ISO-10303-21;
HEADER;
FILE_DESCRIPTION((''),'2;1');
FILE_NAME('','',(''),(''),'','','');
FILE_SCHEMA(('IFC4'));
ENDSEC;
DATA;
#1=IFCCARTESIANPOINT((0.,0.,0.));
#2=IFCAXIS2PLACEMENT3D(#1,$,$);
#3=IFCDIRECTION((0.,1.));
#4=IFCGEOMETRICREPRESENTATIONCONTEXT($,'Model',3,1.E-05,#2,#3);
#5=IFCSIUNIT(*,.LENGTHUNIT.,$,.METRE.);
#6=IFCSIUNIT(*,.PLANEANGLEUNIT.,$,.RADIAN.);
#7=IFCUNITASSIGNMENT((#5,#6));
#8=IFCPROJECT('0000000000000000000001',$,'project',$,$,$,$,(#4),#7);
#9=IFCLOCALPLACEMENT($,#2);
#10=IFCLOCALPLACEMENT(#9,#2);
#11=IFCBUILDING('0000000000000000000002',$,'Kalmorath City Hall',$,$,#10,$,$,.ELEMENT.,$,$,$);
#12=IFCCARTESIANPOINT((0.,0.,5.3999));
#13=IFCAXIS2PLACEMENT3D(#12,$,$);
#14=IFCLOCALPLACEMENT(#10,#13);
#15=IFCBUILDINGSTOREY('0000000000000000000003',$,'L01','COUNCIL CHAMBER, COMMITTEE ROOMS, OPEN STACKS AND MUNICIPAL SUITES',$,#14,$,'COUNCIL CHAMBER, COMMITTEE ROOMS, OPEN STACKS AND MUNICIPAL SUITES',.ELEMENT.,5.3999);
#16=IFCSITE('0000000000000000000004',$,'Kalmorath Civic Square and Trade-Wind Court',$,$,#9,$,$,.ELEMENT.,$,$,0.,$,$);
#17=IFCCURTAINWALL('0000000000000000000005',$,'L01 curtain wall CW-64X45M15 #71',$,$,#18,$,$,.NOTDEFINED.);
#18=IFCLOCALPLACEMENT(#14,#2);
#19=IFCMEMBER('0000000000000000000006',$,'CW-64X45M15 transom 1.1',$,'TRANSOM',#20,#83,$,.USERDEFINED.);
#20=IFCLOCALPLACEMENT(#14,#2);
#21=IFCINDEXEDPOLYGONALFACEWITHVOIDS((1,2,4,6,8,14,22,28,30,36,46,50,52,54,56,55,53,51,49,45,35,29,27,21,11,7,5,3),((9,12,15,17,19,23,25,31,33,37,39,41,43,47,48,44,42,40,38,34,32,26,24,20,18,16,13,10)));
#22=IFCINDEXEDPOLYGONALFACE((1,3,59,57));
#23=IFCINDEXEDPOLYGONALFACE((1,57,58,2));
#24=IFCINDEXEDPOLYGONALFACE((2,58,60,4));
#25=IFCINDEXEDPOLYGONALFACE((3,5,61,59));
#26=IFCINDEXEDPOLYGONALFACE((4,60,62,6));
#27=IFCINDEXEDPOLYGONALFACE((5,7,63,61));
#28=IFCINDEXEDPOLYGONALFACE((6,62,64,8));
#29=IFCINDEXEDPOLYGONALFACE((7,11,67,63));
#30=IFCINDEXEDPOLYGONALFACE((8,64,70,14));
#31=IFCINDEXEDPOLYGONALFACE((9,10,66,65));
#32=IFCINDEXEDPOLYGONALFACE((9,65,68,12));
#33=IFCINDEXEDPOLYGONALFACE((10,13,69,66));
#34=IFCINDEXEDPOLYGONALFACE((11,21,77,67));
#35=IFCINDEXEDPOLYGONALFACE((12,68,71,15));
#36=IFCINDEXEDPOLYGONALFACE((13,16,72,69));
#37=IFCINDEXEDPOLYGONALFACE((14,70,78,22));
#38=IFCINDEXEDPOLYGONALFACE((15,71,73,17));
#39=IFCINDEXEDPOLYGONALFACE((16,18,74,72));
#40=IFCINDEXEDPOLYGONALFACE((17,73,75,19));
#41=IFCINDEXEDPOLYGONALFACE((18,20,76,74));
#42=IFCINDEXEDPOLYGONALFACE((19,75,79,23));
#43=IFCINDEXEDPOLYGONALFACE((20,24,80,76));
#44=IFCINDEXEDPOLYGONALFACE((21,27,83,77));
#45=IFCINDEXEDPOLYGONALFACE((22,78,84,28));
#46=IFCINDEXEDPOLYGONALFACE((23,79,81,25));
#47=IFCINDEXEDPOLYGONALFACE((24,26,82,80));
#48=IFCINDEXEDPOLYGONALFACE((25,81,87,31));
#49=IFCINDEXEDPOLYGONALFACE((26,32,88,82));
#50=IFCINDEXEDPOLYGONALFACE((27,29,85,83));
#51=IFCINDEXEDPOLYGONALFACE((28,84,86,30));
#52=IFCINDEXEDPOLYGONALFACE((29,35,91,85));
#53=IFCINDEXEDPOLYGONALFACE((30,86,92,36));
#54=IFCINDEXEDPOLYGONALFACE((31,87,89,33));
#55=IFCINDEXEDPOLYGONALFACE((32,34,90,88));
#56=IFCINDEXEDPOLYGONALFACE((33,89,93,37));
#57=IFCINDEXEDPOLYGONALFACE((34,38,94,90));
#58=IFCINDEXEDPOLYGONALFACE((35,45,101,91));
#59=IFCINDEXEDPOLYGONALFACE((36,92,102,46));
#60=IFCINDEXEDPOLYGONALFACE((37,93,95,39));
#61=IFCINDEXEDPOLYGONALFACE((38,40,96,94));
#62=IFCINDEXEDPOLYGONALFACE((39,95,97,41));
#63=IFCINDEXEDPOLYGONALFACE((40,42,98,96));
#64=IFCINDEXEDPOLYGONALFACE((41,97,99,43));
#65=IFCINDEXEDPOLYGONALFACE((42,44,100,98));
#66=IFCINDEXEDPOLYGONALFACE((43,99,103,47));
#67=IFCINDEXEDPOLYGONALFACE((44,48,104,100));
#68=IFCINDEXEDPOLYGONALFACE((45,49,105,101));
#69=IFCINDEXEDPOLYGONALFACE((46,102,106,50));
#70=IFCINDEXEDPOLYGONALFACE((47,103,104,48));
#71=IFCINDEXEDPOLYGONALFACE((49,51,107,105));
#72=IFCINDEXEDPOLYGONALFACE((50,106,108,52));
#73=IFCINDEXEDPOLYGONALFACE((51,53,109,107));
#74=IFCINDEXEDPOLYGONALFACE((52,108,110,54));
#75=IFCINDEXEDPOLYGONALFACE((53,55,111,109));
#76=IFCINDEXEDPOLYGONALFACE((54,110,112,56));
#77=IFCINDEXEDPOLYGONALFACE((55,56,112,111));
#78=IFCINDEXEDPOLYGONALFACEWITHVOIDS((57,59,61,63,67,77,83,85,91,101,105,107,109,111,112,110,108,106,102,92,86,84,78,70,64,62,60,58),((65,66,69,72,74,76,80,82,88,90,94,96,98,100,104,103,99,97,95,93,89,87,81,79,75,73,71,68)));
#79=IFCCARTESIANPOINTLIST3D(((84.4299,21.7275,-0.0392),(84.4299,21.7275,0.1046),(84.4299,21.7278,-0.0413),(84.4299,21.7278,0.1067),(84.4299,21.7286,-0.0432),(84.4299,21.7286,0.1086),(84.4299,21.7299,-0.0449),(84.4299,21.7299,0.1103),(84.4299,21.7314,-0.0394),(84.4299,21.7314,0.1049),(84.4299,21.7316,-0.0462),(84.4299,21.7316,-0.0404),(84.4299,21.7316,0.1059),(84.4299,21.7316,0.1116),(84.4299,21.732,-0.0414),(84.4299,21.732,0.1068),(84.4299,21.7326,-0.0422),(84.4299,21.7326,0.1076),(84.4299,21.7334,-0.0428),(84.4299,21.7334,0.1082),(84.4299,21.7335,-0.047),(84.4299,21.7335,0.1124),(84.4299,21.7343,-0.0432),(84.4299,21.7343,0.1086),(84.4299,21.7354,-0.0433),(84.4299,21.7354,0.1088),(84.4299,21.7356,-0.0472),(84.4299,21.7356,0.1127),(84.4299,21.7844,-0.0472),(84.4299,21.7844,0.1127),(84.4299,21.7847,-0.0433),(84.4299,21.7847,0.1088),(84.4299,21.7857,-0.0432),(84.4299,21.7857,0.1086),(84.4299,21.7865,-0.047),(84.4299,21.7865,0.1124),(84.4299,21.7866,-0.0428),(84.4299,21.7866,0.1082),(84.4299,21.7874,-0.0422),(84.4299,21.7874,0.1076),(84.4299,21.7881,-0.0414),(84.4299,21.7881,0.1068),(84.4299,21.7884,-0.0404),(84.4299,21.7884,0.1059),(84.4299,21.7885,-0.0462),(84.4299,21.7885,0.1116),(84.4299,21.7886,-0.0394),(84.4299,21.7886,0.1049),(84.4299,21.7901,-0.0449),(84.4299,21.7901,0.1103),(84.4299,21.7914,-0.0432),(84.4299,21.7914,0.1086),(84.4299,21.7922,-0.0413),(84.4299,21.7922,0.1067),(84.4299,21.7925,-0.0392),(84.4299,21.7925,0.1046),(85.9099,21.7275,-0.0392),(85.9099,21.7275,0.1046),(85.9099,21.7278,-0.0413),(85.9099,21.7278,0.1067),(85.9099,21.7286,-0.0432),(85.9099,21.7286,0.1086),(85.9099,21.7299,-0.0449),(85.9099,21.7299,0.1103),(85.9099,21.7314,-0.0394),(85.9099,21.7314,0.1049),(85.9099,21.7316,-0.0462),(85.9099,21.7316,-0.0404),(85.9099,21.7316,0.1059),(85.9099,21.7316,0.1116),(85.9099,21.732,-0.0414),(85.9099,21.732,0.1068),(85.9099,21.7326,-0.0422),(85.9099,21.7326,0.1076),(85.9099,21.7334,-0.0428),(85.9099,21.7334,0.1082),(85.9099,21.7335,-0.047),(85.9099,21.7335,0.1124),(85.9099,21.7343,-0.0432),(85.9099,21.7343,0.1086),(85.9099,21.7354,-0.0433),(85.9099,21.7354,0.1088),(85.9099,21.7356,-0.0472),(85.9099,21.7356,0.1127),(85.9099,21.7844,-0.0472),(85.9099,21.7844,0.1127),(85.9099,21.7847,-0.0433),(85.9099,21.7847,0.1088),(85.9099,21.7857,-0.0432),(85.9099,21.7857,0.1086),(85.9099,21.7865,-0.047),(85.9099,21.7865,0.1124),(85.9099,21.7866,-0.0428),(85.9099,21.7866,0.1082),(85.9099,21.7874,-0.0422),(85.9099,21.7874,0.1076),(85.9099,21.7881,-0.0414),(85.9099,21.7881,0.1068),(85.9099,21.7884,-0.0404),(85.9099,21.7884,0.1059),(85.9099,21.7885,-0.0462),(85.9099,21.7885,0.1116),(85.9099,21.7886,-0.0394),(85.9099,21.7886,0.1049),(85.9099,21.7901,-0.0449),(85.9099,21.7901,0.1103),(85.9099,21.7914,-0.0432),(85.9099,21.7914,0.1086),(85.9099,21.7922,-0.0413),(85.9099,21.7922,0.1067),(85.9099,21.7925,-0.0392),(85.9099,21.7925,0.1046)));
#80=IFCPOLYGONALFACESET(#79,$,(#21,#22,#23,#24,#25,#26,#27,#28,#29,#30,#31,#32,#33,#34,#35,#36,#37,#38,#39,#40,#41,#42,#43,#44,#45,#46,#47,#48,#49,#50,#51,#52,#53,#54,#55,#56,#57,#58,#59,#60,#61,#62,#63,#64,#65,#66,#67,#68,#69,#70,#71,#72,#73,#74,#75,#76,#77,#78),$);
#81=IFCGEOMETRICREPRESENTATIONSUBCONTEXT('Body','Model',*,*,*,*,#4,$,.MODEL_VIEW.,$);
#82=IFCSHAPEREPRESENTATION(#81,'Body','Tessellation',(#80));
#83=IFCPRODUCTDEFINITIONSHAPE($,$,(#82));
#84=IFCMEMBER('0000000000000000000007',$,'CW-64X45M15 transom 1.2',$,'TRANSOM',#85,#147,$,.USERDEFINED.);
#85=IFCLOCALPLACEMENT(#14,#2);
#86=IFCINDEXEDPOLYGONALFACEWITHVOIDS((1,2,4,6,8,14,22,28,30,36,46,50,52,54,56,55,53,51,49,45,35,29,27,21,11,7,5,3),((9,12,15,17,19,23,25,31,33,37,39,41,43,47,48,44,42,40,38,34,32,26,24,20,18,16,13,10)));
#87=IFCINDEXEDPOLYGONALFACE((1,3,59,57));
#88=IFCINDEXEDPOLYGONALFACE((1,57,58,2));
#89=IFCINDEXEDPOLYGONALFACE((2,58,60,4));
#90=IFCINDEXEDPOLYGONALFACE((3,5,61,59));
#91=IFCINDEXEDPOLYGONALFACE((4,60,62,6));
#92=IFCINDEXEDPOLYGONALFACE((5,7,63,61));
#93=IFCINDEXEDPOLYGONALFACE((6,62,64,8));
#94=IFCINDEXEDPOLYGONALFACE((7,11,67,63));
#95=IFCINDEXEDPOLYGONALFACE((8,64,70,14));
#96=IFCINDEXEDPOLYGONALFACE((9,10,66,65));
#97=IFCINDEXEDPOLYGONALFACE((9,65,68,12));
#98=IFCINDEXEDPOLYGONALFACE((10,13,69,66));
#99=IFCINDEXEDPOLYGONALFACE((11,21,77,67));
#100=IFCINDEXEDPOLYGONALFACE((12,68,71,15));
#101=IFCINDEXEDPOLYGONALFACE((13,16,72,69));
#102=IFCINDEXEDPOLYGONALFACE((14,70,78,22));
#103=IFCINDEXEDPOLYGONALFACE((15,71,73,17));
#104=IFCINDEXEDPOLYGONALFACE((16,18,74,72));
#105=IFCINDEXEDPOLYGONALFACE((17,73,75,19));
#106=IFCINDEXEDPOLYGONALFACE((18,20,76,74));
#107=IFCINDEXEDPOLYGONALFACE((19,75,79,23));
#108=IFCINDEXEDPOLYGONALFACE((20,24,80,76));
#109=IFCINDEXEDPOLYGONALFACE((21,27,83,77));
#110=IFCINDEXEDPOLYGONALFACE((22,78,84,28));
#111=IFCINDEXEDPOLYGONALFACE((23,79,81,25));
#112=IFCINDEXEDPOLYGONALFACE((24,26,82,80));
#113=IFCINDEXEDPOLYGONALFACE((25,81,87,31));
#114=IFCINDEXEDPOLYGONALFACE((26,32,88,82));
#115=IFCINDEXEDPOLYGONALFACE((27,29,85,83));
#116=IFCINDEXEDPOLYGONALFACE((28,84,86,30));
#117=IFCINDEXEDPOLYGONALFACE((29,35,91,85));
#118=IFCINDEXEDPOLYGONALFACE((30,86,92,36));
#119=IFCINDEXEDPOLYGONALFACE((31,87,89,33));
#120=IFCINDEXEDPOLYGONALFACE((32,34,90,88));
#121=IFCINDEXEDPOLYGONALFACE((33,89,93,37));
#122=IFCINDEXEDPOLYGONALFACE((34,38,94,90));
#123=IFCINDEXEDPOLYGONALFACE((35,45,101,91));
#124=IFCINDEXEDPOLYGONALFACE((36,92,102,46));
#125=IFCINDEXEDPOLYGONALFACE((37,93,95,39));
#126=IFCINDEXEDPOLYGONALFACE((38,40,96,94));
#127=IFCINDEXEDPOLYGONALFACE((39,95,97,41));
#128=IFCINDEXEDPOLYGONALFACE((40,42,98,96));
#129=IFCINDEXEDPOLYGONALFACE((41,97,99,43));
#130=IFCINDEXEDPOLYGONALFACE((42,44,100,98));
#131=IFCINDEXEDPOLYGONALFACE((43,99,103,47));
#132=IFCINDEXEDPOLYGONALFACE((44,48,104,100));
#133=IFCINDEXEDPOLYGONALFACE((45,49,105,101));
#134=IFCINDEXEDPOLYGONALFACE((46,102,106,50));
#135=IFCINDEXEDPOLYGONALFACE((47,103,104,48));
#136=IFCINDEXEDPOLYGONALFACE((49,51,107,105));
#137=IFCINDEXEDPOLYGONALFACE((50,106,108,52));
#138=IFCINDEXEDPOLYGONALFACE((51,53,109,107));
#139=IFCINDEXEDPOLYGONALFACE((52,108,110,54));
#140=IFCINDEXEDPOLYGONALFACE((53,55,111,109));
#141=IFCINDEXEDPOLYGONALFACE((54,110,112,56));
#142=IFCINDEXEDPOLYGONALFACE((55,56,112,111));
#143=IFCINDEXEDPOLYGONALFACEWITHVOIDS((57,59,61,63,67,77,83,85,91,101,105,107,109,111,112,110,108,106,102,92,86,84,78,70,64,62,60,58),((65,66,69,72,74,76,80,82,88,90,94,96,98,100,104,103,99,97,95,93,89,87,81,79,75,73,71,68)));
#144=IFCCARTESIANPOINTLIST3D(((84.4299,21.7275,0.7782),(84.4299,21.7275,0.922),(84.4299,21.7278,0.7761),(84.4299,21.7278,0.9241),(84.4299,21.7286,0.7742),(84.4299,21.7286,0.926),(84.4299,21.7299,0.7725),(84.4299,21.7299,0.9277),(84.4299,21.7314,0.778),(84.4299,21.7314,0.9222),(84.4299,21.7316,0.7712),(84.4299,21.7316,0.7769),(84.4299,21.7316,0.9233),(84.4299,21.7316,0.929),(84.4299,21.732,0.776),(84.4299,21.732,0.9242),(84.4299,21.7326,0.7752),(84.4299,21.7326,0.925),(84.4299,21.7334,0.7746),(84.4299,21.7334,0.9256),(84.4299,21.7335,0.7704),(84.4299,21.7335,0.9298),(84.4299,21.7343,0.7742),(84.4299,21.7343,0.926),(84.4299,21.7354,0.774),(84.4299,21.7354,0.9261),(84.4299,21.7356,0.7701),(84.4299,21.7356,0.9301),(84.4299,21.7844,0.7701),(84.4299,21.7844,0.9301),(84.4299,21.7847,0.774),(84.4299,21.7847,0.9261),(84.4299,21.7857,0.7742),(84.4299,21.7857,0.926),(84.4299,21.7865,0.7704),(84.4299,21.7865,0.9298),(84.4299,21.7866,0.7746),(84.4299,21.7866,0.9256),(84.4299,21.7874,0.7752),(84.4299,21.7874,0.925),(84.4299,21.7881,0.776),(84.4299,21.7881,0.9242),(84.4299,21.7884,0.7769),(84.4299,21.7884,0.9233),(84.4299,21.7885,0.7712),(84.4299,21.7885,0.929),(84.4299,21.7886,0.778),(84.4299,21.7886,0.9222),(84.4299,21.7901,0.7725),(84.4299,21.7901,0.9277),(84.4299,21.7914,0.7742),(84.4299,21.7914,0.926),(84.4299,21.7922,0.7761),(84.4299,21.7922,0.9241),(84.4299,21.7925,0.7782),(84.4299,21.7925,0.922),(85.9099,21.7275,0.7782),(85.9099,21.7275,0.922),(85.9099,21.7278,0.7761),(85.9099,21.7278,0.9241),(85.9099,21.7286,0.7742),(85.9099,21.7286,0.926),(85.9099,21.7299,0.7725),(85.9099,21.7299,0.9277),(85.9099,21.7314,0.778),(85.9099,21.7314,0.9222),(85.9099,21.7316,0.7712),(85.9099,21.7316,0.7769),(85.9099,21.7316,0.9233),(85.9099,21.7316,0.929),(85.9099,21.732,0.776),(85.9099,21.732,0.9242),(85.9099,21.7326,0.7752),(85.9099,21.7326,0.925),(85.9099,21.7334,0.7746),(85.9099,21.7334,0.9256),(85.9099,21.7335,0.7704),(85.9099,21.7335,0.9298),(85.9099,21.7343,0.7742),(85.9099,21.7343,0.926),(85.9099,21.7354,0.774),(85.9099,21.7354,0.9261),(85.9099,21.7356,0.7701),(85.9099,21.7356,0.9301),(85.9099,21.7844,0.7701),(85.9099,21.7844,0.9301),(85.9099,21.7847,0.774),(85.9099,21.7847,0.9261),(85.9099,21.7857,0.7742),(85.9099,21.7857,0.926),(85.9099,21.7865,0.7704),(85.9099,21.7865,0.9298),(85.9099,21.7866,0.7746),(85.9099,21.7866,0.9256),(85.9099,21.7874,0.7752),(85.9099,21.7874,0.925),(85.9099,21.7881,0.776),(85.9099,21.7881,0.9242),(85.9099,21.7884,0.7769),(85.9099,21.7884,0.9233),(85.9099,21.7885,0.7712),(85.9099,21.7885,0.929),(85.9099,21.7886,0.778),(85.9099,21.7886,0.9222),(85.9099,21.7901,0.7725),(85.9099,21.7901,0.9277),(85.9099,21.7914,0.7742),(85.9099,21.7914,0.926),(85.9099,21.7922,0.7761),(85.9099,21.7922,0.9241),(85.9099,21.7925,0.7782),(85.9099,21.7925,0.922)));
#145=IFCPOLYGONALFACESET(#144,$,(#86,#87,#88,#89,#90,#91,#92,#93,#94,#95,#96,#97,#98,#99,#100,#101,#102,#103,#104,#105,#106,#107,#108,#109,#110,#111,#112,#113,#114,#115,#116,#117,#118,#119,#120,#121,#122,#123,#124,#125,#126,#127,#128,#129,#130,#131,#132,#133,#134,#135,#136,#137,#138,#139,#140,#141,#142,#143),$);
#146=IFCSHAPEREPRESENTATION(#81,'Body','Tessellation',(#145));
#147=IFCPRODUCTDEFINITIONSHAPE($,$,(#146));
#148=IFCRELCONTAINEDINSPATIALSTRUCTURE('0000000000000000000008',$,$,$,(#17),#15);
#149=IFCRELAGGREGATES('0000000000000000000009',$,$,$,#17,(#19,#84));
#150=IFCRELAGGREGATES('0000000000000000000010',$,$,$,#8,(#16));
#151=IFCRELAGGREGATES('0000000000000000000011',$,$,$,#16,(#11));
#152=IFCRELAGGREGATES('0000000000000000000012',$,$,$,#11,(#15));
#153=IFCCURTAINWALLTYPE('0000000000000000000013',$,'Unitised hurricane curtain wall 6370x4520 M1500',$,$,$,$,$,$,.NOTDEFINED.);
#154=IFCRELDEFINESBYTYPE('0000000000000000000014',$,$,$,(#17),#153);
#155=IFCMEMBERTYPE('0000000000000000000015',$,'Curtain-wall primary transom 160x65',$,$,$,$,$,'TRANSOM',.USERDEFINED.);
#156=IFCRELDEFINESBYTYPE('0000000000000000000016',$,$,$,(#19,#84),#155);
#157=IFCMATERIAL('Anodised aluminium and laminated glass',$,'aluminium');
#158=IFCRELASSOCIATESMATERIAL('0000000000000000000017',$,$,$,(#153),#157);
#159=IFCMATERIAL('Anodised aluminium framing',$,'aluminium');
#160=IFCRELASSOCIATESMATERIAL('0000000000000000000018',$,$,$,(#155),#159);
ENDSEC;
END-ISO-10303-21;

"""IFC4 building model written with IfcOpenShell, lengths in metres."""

from ifc_helpers import new_model, si_unit, direction, frame, origin, origin_2d, place, context, subcontext, project, spatial, hollow_rectangle, extrude, material, material_profile, profile_set, type_object, element, aggregate, save


model = new_model("IFC4")

# Units and contexts
model_context = context("Model", 3, precision=1e-05, world=origin(), true_north=direction((0.0, 1.0)))
body_context = subcontext(model_context, "Body", "Model", "MODEL_VIEW")
ifc_project = project(units=[si_unit("LENGTHUNIT", "METRE"), si_unit("PLANEANGLEUNIT", "RADIAN")], contexts=[model_context])

# Site, building, storey
site_placement = place(None, origin())
site = spatial("IfcSite", under=ifc_project, at=site_placement, Name="Kalmorath Civic Square and Trade-Wind Court", CompositionType="ELEMENT", RefElevation=0.0)
building_placement = place(site_placement, origin())
building = spatial("IfcBuilding", under=site, at=building_placement, Name="Kalmorath City Hall", CompositionType="ELEMENT")
storey_placement = place(building_placement, frame((0.0, 0.0, 5.3999)))
storey = spatial("IfcBuildingStorey", under=building, at=storey_placement, Name="L01", Description="COUNCIL CHAMBER, COMMITTEE ROOMS, OPEN STACKS AND MUNICIPAL SUITES", LongName="COUNCIL CHAMBER, COMMITTEE ROOMS, OPEN STACKS AND MUNICIPAL SUITES", CompositionType="ELEMENT", Elevation=5.3999)

# Curtain wall
ifc_material_1 = material(Name="Anodised aluminium and laminated glass", Category="aluminium")
curtain_wall_type_1 = type_object("IfcCurtainWallType", Name="Unitised hurricane curtain wall 6370x4520 M1500", PredefinedType="NOTDEFINED", material=ifc_material_1)
curtain_wall_1_placement = place(storey_placement, origin())
curtain_wall_1 = element("IfcCurtainWall", 1, at=curtain_wall_1_placement, inside=storey, type_object=curtain_wall_type_1, Name="L01 curtain wall CW-64X45M15 #71", PredefinedType="NOTDEFINED")

# Members
ifc_material_2 = material(Name="Anodised aluminium framing", Category="aluminium")
ifc_material_profile_1 = material_profile(ifc_material_2, hollow_rectangle(XDim=0.0649, YDim=0.1599, WallThickness=0.0039, InnerFilletRadius=0.0039, OuterFilletRadius=0.0081, at=origin_2d()), Name="ALU-TRN-160X65X4")
ifc_profile_set_1 = profile_set([ifc_material_profile_1], Name="Anodised aluminium framing")
member_type_1 = type_object("IfcMemberType", Name="Curtain-wall primary transom 160x65", ElementType="TRANSOM", PredefinedType="USERDEFINED", material=ifc_profile_set_1)
member_1_placement = place(storey_placement, frame((85.9099, 21.76, 0.0327), z_axis=(-1.0, 0.0, 0.0), x_axis=(0.0, -1.0, 0.0)))
member_1 = element("IfcMember", 2, at=member_1_placement, type_object=member_type_1, Name="CW-64X45M15 transom 1.1", ObjectType="TRANSOM", PredefinedType="USERDEFINED", context=body_context, shape_type="SweptSolid", body=[
    extrude(hollow_rectangle(XDim=0.0649, YDim=0.1599, WallThickness=0.0039, InnerFilletRadius=0.0039, OuterFilletRadius=0.0081, at=origin_2d()), origin(), (0.0, 0.0, 1.0), 1.48),
])
member_2_placement = place(storey_placement, frame((85.9099, 21.76, 0.8501), z_axis=(-1.0, 0.0, 0.0), x_axis=(0.0, -1.0, 0.0)))
member_2 = element("IfcMember", 3, at=member_2_placement, type_object=member_type_1, Name="CW-64X45M15 transom 1.2", ObjectType="TRANSOM", PredefinedType="USERDEFINED", context=body_context, shape_type="SweptSolid", body=[
    extrude(hollow_rectangle(XDim=0.0649, YDim=0.1599, WallThickness=0.0039, InnerFilletRadius=0.0039, OuterFilletRadius=0.0081, at=origin_2d()), origin(), (0.0, 0.0, 1.0), 1.48),
])

aggregate(curtain_wall_1, [member_1, member_2])

save(model, "model.ifc")
